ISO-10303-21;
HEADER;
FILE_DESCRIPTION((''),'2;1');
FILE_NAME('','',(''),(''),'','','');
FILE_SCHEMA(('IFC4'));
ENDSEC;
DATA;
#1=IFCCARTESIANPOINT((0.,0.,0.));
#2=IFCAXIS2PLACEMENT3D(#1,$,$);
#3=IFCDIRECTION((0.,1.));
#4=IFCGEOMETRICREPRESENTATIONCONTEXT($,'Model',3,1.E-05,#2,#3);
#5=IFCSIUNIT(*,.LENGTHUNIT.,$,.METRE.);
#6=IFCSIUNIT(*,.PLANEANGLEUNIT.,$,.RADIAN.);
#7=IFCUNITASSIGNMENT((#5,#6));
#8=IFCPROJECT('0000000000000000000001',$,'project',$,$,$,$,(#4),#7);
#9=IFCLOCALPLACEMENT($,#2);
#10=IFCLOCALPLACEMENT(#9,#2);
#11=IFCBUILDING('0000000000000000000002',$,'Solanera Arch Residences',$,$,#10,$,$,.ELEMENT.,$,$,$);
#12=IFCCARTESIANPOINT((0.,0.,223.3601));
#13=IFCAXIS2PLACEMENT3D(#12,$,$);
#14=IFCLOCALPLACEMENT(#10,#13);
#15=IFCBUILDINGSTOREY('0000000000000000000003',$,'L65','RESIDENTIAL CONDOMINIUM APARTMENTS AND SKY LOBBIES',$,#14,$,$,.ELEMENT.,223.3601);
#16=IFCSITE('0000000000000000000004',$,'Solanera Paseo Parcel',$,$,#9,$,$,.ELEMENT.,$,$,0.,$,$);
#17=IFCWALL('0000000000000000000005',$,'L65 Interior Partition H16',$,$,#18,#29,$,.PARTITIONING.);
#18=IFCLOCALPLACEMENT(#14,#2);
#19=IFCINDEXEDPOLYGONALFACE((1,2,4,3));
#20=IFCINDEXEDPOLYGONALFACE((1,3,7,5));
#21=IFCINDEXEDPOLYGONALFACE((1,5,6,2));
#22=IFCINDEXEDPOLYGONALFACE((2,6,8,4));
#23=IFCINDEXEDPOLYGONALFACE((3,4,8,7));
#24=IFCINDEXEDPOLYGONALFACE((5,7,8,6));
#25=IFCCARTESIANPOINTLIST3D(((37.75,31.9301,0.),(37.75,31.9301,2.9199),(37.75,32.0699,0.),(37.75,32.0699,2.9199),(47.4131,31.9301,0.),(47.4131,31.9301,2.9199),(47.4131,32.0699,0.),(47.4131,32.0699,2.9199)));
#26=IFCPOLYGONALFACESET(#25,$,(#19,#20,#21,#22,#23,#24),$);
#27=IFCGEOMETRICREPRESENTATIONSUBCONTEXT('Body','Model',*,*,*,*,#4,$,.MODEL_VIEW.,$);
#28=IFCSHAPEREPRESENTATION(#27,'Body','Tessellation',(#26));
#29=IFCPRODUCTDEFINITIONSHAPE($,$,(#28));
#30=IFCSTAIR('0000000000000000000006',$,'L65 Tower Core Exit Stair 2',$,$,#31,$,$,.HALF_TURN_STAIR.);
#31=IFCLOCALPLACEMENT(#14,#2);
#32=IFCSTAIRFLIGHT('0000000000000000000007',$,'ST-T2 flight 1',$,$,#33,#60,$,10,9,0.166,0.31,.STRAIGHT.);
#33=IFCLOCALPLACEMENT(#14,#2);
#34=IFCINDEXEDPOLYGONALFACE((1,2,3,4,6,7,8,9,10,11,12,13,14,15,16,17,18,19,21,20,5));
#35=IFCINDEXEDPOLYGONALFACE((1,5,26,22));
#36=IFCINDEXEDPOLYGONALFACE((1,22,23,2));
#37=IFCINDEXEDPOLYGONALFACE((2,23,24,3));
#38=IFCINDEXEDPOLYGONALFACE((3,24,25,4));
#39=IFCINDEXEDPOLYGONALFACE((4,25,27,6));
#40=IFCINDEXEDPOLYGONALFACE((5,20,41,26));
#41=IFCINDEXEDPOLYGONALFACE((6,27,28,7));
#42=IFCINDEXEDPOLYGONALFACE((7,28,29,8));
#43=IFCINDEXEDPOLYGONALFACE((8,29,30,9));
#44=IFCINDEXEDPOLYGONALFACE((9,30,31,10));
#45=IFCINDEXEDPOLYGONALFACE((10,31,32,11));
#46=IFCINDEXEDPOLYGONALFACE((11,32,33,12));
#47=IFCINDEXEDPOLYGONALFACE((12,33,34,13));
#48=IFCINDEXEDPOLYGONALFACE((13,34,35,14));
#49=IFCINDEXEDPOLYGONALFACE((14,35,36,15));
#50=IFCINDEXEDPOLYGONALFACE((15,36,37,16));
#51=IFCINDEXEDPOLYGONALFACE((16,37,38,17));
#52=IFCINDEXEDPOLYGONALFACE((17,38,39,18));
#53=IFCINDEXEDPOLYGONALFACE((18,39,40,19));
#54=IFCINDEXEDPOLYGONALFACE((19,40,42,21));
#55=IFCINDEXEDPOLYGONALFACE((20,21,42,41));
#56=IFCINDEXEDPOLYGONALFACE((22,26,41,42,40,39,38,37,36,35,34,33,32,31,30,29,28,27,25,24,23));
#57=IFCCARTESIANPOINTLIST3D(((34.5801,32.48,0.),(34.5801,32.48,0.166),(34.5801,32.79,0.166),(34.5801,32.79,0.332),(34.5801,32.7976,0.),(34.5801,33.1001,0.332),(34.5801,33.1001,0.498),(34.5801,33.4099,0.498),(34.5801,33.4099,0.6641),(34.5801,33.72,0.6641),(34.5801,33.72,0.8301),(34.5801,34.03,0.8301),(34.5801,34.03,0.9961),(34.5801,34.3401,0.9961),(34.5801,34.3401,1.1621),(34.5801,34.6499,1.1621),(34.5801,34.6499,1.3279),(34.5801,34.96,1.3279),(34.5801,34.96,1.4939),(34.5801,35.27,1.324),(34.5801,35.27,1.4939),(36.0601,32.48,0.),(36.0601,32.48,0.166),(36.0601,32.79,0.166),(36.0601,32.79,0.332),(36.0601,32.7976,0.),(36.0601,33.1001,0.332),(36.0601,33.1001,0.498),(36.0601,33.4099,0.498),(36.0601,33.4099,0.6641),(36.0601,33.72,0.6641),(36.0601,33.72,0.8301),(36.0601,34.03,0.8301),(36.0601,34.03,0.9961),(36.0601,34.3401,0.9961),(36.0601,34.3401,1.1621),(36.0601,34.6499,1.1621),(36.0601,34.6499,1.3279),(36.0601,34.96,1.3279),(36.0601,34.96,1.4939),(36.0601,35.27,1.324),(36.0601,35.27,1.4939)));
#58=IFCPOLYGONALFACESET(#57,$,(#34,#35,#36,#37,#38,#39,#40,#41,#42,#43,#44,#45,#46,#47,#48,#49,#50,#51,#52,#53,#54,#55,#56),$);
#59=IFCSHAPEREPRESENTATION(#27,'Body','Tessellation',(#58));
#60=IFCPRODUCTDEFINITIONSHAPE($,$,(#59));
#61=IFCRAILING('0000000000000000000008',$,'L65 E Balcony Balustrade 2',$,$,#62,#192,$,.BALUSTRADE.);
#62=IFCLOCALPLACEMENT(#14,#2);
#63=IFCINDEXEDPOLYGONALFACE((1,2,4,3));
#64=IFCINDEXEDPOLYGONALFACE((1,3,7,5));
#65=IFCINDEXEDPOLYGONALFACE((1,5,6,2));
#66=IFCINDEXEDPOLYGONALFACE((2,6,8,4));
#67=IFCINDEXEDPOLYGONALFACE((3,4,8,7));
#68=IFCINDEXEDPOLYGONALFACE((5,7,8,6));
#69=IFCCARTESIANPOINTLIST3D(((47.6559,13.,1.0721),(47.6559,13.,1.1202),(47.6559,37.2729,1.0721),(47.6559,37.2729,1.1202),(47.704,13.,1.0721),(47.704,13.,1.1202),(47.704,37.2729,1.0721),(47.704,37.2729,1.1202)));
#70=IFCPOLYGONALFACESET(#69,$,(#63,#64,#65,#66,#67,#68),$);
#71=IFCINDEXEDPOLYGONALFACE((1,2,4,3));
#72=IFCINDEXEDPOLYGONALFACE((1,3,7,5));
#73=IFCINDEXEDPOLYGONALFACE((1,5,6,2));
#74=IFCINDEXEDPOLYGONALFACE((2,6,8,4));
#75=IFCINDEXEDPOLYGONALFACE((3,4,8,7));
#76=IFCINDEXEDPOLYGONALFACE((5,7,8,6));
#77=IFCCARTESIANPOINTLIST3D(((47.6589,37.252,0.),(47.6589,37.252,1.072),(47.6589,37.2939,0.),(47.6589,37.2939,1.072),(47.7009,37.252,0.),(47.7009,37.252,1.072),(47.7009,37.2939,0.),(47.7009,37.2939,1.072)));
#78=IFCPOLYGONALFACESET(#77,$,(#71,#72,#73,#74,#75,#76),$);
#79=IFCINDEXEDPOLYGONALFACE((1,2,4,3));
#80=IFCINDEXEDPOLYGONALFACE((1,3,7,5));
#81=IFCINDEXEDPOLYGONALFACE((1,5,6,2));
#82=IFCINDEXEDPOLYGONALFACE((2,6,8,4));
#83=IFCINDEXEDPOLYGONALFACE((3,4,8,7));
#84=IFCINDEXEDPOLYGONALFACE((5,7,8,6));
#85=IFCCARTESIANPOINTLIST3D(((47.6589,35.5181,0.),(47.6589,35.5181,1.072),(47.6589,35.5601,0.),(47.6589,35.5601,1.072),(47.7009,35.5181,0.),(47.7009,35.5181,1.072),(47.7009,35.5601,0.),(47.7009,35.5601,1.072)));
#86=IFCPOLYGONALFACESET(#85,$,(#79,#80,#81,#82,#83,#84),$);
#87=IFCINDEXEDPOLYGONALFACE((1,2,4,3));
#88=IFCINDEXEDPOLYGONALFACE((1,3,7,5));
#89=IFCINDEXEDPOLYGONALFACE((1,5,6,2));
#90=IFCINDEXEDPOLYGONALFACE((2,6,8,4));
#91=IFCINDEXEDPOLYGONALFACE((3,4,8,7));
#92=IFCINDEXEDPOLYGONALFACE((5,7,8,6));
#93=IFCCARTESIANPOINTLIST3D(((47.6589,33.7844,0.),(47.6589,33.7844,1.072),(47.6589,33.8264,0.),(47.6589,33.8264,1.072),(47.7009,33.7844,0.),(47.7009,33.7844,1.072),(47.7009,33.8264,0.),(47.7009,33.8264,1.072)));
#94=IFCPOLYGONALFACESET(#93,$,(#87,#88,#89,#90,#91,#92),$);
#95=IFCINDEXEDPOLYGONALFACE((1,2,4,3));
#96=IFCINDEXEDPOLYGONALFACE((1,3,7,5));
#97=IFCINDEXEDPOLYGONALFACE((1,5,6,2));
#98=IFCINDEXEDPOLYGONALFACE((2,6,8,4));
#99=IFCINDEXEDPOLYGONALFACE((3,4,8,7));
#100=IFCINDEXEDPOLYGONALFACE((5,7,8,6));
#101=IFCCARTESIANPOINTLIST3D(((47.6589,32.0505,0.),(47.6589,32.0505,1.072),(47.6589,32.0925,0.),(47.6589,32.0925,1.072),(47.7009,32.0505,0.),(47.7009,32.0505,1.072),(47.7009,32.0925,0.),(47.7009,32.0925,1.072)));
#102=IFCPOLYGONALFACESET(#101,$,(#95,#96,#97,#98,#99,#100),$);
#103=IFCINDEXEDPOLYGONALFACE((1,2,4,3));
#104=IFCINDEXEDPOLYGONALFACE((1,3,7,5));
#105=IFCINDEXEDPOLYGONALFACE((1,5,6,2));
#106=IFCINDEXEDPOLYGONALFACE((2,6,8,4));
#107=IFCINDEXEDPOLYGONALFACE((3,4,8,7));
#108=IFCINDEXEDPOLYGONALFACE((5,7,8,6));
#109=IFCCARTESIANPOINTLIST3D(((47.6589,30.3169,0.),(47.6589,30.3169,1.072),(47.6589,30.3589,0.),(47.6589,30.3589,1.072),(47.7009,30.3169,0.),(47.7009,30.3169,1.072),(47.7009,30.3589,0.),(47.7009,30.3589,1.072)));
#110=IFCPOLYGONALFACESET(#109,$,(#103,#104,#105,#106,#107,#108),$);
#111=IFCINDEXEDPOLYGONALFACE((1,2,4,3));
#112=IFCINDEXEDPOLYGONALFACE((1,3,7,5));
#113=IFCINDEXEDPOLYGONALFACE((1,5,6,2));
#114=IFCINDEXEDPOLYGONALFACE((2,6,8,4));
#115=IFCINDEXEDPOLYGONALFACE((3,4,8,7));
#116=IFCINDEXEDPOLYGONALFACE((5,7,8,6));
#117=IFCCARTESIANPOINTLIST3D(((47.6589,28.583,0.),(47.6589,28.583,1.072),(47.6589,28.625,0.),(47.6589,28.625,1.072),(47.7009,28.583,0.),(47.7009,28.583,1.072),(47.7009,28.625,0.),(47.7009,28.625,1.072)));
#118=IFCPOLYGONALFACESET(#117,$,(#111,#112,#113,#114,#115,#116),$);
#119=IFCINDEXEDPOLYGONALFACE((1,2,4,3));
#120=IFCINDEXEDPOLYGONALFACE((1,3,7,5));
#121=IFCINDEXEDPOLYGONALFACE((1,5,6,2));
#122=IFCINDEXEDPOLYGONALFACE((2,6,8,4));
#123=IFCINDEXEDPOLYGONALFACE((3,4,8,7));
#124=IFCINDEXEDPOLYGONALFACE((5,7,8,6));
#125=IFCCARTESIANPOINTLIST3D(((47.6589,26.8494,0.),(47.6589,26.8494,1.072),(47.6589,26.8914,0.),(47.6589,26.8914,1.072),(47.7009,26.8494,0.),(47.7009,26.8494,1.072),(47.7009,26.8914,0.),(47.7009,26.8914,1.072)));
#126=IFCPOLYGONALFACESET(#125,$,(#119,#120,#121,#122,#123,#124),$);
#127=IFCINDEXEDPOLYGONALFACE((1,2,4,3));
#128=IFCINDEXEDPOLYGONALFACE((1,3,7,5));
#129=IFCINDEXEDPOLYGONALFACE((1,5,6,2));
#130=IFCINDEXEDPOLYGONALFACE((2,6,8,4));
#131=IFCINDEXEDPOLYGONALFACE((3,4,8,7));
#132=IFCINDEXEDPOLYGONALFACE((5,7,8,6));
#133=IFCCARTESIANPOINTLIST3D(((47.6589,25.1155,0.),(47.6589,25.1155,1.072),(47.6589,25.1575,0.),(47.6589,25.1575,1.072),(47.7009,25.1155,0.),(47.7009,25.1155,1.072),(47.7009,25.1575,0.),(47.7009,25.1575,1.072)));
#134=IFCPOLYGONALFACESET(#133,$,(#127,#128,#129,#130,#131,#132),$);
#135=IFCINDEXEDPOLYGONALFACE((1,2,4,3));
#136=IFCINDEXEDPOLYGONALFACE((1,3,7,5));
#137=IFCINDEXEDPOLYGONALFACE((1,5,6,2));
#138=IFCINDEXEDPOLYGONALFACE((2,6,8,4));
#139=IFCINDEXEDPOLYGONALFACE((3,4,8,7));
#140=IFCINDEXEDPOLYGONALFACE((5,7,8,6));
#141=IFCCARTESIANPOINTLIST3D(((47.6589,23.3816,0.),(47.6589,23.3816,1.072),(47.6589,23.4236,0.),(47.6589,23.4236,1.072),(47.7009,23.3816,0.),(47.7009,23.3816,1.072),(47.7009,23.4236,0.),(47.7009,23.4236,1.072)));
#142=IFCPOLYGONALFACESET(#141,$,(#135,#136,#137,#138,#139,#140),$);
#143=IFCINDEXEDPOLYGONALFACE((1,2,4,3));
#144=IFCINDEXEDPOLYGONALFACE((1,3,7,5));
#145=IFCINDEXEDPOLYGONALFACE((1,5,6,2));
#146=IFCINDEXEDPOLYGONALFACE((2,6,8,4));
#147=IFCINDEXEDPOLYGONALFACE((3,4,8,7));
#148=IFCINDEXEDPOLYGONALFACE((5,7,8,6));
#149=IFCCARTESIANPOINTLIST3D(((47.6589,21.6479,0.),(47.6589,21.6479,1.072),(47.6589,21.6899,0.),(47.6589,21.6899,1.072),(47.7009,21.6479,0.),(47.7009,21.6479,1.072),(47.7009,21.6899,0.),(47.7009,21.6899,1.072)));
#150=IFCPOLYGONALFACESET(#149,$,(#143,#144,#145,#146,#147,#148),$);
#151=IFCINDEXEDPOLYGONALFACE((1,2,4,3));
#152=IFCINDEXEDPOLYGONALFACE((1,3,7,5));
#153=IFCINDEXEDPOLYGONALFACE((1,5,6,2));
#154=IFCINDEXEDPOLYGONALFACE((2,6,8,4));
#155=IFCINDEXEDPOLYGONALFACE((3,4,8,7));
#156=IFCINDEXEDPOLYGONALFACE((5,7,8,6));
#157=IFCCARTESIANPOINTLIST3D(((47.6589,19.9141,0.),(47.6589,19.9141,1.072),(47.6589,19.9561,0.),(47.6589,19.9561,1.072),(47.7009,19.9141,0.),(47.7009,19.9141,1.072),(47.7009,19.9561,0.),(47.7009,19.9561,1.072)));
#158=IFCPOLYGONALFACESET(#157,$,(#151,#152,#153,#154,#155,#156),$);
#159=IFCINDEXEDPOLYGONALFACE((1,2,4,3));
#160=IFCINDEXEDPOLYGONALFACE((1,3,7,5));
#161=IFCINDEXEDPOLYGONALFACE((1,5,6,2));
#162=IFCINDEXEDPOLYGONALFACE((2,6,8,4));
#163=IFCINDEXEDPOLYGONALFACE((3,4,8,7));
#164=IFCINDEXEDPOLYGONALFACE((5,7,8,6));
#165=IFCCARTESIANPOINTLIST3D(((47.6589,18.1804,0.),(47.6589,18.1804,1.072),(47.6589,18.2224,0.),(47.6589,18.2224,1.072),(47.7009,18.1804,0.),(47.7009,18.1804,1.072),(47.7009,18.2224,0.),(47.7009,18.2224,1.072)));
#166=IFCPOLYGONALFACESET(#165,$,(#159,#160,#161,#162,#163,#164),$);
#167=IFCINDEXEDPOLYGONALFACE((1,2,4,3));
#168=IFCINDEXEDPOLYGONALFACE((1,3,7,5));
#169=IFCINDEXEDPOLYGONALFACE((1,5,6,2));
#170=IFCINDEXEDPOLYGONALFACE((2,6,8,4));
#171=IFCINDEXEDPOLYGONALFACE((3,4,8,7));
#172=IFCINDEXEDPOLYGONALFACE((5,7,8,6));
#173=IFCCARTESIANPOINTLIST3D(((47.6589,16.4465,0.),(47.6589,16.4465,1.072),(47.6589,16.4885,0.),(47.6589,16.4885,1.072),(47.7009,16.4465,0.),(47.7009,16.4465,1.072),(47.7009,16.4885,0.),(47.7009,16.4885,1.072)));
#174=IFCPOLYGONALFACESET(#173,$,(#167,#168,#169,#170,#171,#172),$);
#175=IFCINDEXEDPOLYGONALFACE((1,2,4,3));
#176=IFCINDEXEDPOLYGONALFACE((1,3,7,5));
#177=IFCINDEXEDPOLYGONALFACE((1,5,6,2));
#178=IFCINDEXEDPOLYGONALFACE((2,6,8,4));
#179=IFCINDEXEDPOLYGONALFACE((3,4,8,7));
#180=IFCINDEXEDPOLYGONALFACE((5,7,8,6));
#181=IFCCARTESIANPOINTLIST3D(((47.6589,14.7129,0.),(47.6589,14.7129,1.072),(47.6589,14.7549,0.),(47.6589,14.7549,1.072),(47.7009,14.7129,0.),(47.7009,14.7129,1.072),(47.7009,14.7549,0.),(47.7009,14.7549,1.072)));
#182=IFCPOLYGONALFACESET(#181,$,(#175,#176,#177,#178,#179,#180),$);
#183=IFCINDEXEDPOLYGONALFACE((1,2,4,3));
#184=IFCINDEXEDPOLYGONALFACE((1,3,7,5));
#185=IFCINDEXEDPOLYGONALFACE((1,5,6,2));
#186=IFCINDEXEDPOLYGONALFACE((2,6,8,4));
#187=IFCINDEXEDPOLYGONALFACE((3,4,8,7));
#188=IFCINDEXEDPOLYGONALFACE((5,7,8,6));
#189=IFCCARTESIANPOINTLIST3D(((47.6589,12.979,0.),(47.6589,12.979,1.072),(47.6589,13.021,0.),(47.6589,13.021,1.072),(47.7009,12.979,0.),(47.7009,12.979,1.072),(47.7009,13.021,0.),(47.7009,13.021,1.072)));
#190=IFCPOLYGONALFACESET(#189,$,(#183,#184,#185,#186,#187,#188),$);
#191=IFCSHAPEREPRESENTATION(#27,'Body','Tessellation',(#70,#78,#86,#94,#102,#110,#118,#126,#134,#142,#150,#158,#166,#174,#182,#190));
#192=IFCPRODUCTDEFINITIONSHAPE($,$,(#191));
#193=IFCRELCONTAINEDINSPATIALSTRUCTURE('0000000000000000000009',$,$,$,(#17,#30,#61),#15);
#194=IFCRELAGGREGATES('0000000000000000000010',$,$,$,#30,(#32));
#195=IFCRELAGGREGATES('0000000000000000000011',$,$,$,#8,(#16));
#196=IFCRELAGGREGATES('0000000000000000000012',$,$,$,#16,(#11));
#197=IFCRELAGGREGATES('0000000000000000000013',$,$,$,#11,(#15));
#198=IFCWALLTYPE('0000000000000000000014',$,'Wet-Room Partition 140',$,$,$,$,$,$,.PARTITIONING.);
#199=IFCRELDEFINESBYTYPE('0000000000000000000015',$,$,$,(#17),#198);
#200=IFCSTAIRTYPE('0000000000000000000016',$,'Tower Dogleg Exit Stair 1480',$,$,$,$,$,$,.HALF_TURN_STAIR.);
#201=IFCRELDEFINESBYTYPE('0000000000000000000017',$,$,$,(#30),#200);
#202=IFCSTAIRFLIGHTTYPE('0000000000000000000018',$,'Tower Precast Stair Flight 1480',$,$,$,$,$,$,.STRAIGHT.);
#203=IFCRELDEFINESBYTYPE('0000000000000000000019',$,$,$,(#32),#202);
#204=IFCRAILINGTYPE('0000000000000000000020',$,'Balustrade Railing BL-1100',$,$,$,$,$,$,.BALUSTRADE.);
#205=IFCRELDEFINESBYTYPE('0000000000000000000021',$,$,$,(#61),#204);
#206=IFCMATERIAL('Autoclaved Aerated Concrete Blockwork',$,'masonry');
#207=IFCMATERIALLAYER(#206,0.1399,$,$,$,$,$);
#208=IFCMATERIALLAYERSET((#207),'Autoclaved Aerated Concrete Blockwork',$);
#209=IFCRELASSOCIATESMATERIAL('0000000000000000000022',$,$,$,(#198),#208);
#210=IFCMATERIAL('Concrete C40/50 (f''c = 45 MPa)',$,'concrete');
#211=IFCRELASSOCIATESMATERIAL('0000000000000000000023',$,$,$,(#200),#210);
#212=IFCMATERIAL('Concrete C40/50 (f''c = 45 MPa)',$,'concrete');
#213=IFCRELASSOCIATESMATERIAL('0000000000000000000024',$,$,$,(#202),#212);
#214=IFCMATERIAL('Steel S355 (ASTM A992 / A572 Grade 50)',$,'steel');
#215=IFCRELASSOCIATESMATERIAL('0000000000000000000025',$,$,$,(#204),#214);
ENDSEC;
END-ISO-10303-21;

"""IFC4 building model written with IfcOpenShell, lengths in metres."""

from ifc_helpers import new_model, si_unit, direction, frame, frame_2d, origin, origin_2d, place, context, subcontext, project, spatial, polyline, rectangle, outline, extrude, material, layer, layer_set, type_object, element, aggregate, save


model = new_model("IFC4")

# Units and contexts
model_context = context("Model", 3, precision=1e-05, world=origin(), true_north=direction((0.0, 1.0)))
body_context = subcontext(model_context, "Body", "Model", "MODEL_VIEW")
ifc_project = project(units=[si_unit("LENGTHUNIT", "METRE"), si_unit("PLANEANGLEUNIT", "RADIAN")], contexts=[model_context])

# Site, building, storey
site_placement = place(None, origin())
site = spatial("IfcSite", under=ifc_project, at=site_placement, Name="Solanera Paseo Parcel", CompositionType="ELEMENT", RefElevation=0.0)
building_placement = place(site_placement, origin())
building = spatial("IfcBuilding", under=site, at=building_placement, Name="Solanera Arch Residences", CompositionType="ELEMENT")
storey_placement = place(building_placement, frame((0.0, 0.0, 223.3601)))
storey = spatial("IfcBuildingStorey", under=building, at=storey_placement, Name="L65", Description="RESIDENTIAL CONDOMINIUM APARTMENTS AND SKY LOBBIES", CompositionType="ELEMENT", Elevation=223.3601)

# Wall
ifc_material_1 = material(Name="Autoclaved Aerated Concrete Blockwork", Category="masonry")
ifc_layer_1 = layer(ifc_material_1, 0.1399)
ifc_layer_set_1 = layer_set([ifc_layer_1], Name="Autoclaved Aerated Concrete Blockwork")
wall_type_1 = type_object("IfcWallType", Name="Wet-Room Partition 140", PredefinedType="PARTITIONING", material=ifc_layer_set_1)
wall_1_placement = place(storey_placement, frame((37.75, 32.0, 0.0), z_axis=(0.0, 0.0, 1.0), x_axis=(1.0, 0.0, 0.0)))
element("IfcWall", 1, at=wall_1_placement, inside=storey, type_object=wall_type_1, Name="L65 Interior Partition H16", PredefinedType="PARTITIONING", context=body_context, shape_type="SweptSolid", body=[
    extrude(rectangle(XDim=9.6631, YDim=0.1399, at=frame_2d((4.8315, 0.0))), origin(), (0.0, 0.0, 1.0), 2.9199),
])

# Stair, stair flight
ifc_material_2 = material(Name="Concrete C40/50 (f'c = 45 MPa)", Category="concrete")
stair_type = type_object("IfcStairType", Name="Tower Dogleg Exit Stair 1480", PredefinedType="HALF_TURN_STAIR", material=ifc_material_2)
stair_placement = place(storey_placement, origin())
stair = element("IfcStair", 2, at=stair_placement, inside=storey, type_object=stair_type, Name="L65 Tower Core Exit Stair 2", PredefinedType="HALF_TURN_STAIR")
ifc_material_3 = material(Name="Concrete C40/50 (f'c = 45 MPa)", Category="concrete")
stair_flight_type = type_object("IfcStairFlightType", Name="Tower Precast Stair Flight 1480", PredefinedType="STRAIGHT", material=ifc_material_3)
stair_flight_placement = place(storey_placement, frame((35.3201, 32.48, 0.0), z_axis=(0.0, 0.0, 1.0), x_axis=(0.0, 1.0, 0.0)))
stair_flight = element("IfcStairFlight", 3, at=stair_flight_placement, type_object=stair_flight_type, Name="ST-T2 flight 1", NumberOfRisers=10, NumberOfTreads=9, PredefinedType="STRAIGHT", RiserHeight=0.166, TreadLength=0.31, context=body_context, shape_type="SweptSolid", body=[
    extrude(outline(polyline([(0.0, 0.0), (0.0, 0.166), (0.3101, 0.166), (0.3101, 0.332), (0.6201, 0.332), (0.6201, 0.498), (0.9299, 0.498), (0.9299, 0.6641), (1.24, 0.6641), (1.24, 0.8301), (1.55, 0.8301), (1.55, 0.9961), (1.8601, 0.9961), (1.8601, 1.1621), (2.1699, 1.1621), (2.1699, 1.3279), (2.48, 1.3279), (2.48, 1.4939), (2.79, 1.4939), (2.79, 1.6599), (2.79, 1.324), (0.3176, 0.0), (0.0, 0.0)])), frame((0.0, 0.74, 0.0), z_axis=(0.0, -1.0, 0.0), x_axis=(1.0, 0.0, 0.0)), (0.0, 0.0, 1.0), 1.48),
])
aggregate(stair, [stair_flight])

# Railing
ifc_material_4 = material(Name="Steel S355 (ASTM A992 / A572 Grade 50)", Category="steel")
railing_type_1 = type_object("IfcRailingType", Name="Balustrade Railing BL-1100", PredefinedType="BALUSTRADE", material=ifc_material_4)
railing_1_placement = place(storey_placement, frame((47.6799, 37.2729, 0.0)))
element("IfcRailing", 4, at=railing_1_placement, inside=storey, type_object=railing_type_1, Name="L65 E Balcony Balustrade 2", PredefinedType="BALUSTRADE", context=body_context, shape_type="SweptSolid", body=[
    extrude(rectangle(XDim=0.0481, YDim=0.0481, at=origin_2d()), frame((0.0, 0.0, 1.0962), z_axis=(0.0, -1.0, 0.0), x_axis=(1.0, 0.0, 0.0)), (0.0, 0.0, 1.0), 24.2729),
    extrude(rectangle(XDim=0.042, YDim=0.042, at=origin_2d()), origin(), (0.0, 0.0, 1.0), 1.072),
    extrude(rectangle(XDim=0.042, YDim=0.042, at=origin_2d()), frame((0.0, -1.7339, 0.0)), (0.0, 0.0, 1.0), 1.072),
    extrude(rectangle(XDim=0.042, YDim=0.042, at=origin_2d()), frame((0.0, -3.4675, 0.0)), (0.0, 0.0, 1.0), 1.072),
    extrude(rectangle(XDim=0.042, YDim=0.042, at=origin_2d()), frame((0.0, -5.2014, 0.0)), (0.0, 0.0, 1.0), 1.072),
    extrude(rectangle(XDim=0.042, YDim=0.042, at=origin_2d()), frame((0.0, -6.9351, 0.0)), (0.0, 0.0, 1.0), 1.072),
    extrude(rectangle(XDim=0.042, YDim=0.042, at=origin_2d()), frame((0.0, -8.6689, 0.0)), (0.0, 0.0, 1.0), 1.072),
    extrude(rectangle(XDim=0.042, YDim=0.042, at=origin_2d()), frame((0.0, -10.4026, 0.0)), (0.0, 0.0, 1.0), 1.072),
    extrude(rectangle(XDim=0.042, YDim=0.042, at=origin_2d()), frame((0.0, -12.1365, 0.0)), (0.0, 0.0, 1.0), 1.072),
    extrude(rectangle(XDim=0.042, YDim=0.042, at=origin_2d()), frame((0.0, -13.8704, 0.0)), (0.0, 0.0, 1.0), 1.072),
    extrude(rectangle(XDim=0.042, YDim=0.042, at=origin_2d()), frame((0.0, -15.604, 0.0)), (0.0, 0.0, 1.0), 1.072),
    extrude(rectangle(XDim=0.042, YDim=0.042, at=origin_2d()), frame((0.0, -17.3379, 0.0)), (0.0, 0.0, 1.0), 1.072),
    extrude(rectangle(XDim=0.042, YDim=0.042, at=origin_2d()), frame((0.0, -19.0715, 0.0)), (0.0, 0.0, 1.0), 1.072),
    extrude(rectangle(XDim=0.042, YDim=0.042, at=origin_2d()), frame((0.0, -20.8054, 0.0)), (0.0, 0.0, 1.0), 1.072),
    extrude(rectangle(XDim=0.042, YDim=0.042, at=origin_2d()), frame((0.0, -22.5391, 0.0)), (0.0, 0.0, 1.0), 1.072),
    extrude(rectangle(XDim=0.042, YDim=0.042, at=origin_2d()), frame((0.0, -24.2729, 0.0)), (0.0, 0.0, 1.0), 1.072),
])

save(model, "model.ifc")
